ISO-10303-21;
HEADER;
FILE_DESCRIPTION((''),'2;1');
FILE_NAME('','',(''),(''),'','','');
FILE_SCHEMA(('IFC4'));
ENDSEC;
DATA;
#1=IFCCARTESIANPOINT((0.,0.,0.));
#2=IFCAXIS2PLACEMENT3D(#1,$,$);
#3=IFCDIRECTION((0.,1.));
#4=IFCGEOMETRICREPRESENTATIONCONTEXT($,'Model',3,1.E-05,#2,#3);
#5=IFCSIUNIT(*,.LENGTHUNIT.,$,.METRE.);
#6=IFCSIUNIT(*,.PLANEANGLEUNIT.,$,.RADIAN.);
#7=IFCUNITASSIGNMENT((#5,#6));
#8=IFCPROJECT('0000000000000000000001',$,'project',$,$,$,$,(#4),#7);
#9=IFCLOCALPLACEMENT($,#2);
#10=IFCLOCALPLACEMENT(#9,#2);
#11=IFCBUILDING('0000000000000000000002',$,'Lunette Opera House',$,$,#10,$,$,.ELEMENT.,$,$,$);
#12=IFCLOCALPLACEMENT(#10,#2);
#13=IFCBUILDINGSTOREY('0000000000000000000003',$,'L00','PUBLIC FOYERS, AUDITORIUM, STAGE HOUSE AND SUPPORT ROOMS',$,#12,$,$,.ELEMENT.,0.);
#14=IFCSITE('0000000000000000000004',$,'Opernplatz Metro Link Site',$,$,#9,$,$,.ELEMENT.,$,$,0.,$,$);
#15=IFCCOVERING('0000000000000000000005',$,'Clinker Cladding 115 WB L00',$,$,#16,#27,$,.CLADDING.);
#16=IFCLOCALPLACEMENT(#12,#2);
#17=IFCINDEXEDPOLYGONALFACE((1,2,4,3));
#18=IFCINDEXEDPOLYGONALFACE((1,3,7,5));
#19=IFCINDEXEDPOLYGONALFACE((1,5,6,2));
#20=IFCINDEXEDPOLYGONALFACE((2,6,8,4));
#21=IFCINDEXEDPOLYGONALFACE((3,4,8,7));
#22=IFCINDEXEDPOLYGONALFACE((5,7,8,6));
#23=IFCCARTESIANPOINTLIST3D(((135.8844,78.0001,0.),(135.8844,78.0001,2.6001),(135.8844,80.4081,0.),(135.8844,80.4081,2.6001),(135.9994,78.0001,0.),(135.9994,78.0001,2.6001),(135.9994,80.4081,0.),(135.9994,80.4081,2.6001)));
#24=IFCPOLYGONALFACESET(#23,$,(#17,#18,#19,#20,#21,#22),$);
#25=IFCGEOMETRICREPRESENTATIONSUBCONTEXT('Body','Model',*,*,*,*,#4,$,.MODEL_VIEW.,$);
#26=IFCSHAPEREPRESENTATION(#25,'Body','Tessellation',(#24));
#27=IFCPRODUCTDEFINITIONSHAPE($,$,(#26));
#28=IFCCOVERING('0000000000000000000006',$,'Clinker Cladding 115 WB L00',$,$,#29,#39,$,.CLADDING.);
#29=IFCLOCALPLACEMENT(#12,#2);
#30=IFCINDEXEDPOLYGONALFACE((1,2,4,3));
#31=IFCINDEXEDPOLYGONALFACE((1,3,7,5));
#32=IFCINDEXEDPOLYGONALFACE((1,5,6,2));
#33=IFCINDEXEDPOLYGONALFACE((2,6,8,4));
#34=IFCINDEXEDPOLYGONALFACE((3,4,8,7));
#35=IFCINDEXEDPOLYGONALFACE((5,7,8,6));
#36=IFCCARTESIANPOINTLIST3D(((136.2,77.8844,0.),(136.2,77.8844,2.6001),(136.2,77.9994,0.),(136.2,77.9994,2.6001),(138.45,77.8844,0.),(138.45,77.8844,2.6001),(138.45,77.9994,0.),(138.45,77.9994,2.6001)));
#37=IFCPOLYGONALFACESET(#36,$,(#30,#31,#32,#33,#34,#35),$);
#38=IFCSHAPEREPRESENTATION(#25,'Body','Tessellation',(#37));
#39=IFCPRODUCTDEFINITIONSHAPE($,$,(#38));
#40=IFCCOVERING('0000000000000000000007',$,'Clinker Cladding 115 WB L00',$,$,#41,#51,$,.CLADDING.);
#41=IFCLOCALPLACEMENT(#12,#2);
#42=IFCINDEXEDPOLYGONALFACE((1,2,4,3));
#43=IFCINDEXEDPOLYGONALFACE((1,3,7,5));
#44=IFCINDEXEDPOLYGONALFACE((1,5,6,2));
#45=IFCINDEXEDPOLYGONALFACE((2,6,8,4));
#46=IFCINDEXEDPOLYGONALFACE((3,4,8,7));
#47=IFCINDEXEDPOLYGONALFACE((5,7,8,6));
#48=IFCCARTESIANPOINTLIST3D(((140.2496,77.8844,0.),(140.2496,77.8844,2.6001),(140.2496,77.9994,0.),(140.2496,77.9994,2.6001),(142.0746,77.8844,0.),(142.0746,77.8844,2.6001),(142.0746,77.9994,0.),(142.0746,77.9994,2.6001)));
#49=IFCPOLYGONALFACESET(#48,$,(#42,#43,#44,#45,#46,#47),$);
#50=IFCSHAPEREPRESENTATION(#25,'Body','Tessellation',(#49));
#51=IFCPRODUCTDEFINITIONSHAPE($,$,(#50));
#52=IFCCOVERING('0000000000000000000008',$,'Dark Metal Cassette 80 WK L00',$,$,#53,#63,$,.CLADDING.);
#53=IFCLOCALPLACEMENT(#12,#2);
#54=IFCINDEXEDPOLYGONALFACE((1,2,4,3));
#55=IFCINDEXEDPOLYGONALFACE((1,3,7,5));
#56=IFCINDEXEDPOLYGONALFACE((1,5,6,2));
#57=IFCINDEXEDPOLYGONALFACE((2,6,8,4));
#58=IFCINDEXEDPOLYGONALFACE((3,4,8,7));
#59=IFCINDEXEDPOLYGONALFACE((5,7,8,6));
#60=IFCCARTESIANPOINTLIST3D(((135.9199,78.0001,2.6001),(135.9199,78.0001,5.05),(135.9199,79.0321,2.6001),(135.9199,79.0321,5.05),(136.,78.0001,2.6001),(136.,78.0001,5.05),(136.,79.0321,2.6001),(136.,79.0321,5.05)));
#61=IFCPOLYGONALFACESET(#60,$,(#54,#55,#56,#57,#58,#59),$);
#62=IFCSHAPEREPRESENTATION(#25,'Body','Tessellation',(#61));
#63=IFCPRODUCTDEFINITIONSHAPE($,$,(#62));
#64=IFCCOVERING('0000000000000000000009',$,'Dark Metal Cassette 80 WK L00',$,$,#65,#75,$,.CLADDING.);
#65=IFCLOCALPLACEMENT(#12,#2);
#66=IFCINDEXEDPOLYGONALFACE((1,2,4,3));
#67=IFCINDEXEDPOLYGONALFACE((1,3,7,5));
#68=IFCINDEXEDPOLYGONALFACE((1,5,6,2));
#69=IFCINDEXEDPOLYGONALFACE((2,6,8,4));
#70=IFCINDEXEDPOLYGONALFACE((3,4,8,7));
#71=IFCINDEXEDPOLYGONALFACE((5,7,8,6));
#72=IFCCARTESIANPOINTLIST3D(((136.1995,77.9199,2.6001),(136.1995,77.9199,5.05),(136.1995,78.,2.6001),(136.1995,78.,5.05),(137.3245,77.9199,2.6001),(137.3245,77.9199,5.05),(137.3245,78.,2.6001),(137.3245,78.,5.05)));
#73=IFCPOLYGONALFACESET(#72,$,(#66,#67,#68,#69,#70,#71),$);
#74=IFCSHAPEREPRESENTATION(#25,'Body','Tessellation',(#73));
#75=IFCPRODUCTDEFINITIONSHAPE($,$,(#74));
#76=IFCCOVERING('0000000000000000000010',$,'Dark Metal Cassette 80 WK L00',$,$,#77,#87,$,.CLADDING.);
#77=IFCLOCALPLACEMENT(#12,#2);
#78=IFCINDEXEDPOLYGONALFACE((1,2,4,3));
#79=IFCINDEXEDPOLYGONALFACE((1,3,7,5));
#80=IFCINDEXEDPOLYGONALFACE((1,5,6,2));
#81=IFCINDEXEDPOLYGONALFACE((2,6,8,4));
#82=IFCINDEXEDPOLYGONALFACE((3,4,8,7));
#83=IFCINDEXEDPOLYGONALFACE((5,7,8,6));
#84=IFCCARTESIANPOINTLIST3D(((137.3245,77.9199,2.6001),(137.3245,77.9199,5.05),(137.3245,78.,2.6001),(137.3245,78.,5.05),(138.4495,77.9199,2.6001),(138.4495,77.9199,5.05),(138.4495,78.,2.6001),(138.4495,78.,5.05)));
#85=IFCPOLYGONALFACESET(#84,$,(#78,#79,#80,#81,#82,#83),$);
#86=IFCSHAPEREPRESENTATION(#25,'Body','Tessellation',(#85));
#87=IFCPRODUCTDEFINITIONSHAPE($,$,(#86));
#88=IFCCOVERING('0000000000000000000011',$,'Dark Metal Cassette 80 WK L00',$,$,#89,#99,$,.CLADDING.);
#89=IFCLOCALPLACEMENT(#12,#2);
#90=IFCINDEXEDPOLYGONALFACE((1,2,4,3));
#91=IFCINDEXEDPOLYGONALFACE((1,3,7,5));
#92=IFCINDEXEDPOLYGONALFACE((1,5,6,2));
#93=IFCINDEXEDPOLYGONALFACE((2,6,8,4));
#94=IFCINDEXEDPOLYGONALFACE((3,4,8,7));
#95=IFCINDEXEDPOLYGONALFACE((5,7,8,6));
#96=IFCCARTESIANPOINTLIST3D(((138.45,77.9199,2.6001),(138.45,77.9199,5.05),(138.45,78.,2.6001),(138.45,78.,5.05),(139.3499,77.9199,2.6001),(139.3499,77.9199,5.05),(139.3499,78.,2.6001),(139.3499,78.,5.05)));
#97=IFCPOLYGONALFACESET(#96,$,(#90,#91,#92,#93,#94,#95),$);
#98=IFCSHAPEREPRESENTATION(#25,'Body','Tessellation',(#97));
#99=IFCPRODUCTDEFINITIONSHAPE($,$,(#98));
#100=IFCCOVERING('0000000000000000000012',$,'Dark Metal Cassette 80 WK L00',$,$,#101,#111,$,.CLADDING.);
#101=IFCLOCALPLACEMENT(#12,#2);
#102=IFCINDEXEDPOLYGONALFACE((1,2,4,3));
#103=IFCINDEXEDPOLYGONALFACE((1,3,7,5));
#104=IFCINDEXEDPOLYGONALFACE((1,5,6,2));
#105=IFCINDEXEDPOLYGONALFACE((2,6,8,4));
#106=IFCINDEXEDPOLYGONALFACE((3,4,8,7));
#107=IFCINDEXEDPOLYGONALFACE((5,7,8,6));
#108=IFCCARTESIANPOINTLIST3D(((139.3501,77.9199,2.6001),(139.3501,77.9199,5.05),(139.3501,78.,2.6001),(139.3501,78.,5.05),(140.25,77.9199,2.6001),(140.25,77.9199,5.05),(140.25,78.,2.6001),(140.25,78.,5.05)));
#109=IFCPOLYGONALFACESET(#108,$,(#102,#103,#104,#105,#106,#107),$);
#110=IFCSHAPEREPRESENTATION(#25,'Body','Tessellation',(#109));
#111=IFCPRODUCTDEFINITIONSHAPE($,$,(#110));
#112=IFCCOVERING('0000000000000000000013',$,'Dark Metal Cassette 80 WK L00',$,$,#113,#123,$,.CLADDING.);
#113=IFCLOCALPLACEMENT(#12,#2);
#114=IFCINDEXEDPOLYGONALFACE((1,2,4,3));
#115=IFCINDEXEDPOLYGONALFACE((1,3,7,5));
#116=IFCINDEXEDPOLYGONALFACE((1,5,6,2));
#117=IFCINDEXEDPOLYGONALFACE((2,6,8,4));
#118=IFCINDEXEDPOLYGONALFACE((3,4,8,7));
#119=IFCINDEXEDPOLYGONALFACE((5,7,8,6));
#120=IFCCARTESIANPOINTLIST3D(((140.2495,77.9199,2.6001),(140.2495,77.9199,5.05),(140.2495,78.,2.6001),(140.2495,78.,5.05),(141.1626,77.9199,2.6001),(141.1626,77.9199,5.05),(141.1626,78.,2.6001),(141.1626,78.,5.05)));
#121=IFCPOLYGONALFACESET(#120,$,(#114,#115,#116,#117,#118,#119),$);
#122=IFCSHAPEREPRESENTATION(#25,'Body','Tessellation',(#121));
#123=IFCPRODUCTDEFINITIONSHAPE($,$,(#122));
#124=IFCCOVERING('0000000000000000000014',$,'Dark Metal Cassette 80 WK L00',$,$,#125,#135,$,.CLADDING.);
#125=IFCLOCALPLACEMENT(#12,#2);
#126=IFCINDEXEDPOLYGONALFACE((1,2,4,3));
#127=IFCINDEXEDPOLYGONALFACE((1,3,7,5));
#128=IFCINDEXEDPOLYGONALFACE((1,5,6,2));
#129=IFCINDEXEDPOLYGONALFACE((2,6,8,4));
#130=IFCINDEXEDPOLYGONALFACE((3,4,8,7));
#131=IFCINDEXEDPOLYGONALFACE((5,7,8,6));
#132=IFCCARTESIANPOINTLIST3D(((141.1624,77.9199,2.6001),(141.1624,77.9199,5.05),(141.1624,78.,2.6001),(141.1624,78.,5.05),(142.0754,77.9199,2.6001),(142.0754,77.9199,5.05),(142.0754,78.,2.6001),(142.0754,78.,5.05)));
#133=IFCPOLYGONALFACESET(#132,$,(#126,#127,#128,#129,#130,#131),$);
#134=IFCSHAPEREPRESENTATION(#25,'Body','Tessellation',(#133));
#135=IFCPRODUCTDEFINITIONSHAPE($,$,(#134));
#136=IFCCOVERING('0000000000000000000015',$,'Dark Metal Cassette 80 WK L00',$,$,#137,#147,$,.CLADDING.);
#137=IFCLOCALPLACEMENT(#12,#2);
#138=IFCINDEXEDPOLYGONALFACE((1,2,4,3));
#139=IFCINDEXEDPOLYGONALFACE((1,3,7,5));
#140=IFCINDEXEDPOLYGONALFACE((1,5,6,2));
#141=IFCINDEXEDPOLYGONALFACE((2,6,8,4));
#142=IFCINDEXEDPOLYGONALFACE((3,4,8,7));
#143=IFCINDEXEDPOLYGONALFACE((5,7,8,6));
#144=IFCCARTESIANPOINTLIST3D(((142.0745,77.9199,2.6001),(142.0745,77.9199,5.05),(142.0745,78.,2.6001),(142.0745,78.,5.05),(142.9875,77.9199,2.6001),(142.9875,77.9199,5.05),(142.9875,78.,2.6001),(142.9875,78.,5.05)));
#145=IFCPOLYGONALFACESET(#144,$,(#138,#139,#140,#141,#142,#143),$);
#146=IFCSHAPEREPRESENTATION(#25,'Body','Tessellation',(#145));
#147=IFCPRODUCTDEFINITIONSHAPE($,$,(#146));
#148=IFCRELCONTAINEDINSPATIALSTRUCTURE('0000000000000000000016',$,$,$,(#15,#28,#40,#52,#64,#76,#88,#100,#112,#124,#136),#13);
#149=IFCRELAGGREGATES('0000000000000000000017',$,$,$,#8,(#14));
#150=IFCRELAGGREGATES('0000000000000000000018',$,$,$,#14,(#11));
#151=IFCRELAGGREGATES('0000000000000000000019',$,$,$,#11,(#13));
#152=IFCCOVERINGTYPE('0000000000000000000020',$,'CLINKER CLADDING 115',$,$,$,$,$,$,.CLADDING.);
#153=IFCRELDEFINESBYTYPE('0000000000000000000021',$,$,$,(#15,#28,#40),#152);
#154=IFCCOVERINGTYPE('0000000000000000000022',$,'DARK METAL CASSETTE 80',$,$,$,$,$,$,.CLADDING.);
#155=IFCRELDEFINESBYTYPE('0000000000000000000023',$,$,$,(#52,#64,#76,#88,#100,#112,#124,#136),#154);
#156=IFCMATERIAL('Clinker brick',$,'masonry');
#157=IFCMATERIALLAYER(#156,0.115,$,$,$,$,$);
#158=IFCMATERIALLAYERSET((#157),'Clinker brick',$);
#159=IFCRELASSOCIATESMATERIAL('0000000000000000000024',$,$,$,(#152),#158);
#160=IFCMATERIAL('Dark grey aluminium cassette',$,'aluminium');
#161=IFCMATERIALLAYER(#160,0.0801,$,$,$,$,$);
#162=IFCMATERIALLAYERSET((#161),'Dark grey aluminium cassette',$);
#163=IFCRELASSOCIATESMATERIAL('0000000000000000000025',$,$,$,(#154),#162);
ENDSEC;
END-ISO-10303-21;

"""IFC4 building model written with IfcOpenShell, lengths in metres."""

from ifc_helpers import new_model, si_unit, direction, frame, origin, origin_2d, place, context, subcontext, project, spatial, rectangle, extrude, material, layer, layer_set, type_object, element, save


model = new_model("IFC4")

# Units and contexts
model_context = context("Model", 3, precision=1e-05, world=origin(), true_north=direction((0.0, 1.0)))
body_context = subcontext(model_context, "Body", "Model", "MODEL_VIEW")
ifc_project = project(units=[si_unit("LENGTHUNIT", "METRE"), si_unit("PLANEANGLEUNIT", "RADIAN")], contexts=[model_context])

# Site, building, storey
site_placement = place(None, origin())
site = spatial("IfcSite", under=ifc_project, at=site_placement, Name="Opernplatz Metro Link Site", CompositionType="ELEMENT", RefElevation=0.0)
building_placement = place(site_placement, origin())
building = spatial("IfcBuilding", under=site, at=building_placement, Name="Lunette Opera House", CompositionType="ELEMENT")
storey_placement = place(building_placement, origin())
storey = spatial("IfcBuildingStorey", under=building, at=storey_placement, Name="L00", Description="PUBLIC FOYERS, AUDITORIUM, STAGE HOUSE AND SUPPORT ROOMS", CompositionType="ELEMENT", Elevation=0.0)

# Coverings
ifc_material_1 = material(Name="Clinker brick", Category="masonry")
ifc_layer_1 = layer(ifc_material_1, 0.115)
ifc_layer_set_1 = layer_set([ifc_layer_1], Name="Clinker brick")
covering_type_1 = type_object("IfcCoveringType", Name="CLINKER CLADDING 115", PredefinedType="CLADDING", material=ifc_layer_set_1)
covering_1_placement = place(storey_placement, frame((135.9419, 79.2041, 0.0), z_axis=(0.0, 0.0, 1.0), x_axis=(0.0, -1.0, 0.0)))
element("IfcCovering", 1, at=covering_1_placement, inside=storey, type_object=covering_type_1, Name="Clinker Cladding 115 WB L00", PredefinedType="CLADDING", context=body_context, shape_type="SweptSolid", body=[
    extrude(rectangle(XDim=2.408, YDim=0.115, at=origin_2d()), origin(), (0.0, 0.0, 1.0), 2.6001),
])
covering_2_placement = place(storey_placement, frame((137.325, 77.9419, 0.0), z_axis=(0.0, 0.0, 1.0), x_axis=(1.0, 0.0, 0.0)))
element("IfcCovering", 2, at=covering_2_placement, inside=storey, type_object=covering_type_1, Name="Clinker Cladding 115 WB L00", PredefinedType="CLADDING", context=body_context, shape_type="SweptSolid", body=[
    extrude(rectangle(XDim=2.25, YDim=0.115, at=origin_2d()), origin(), (0.0, 0.0, 1.0), 2.6001),
])
covering_3_placement = place(storey_placement, frame((141.1621, 77.9419, 0.0), z_axis=(0.0, 0.0, 1.0), x_axis=(1.0, 0.0, 0.0)))
element("IfcCovering", 3, at=covering_3_placement, inside=storey, type_object=covering_type_1, Name="Clinker Cladding 115 WB L00", PredefinedType="CLADDING", context=body_context, shape_type="SweptSolid", body=[
    extrude(rectangle(XDim=1.825, YDim=0.115, at=origin_2d()), origin(), (0.0, 0.0, 1.0), 2.6001),
])
ifc_material_2 = material(Name="Dark grey aluminium cassette", Category="aluminium")
ifc_layer_2 = layer(ifc_material_2, 0.0801)
ifc_layer_set_2 = layer_set([ifc_layer_2], Name="Dark grey aluminium cassette")
covering_type_2 = type_object("IfcCoveringType", Name="DARK METAL CASSETTE 80", PredefinedType="CLADDING", material=ifc_layer_set_2)
covering_4_placement = place(storey_placement, frame((135.96, 78.5161, 2.6001), z_axis=(0.0, 0.0, 1.0), x_axis=(0.0, -1.0, 0.0)))
element("IfcCovering", 4, at=covering_4_placement, inside=storey, type_object=covering_type_2, Name="Dark Metal Cassette 80 WK L00", PredefinedType="CLADDING", context=body_context, shape_type="SweptSolid", body=[
    extrude(rectangle(XDim=1.032, YDim=0.0801, at=origin_2d()), origin(), (0.0, 0.0, 1.0), 2.45),
])
for number, where, z_axis, x_axis, name in (
    (5, (136.762, 77.96, 2.6001), (0.0, 0.0, 1.0), (1.0, 0.0, 0.0), "Dark Metal Cassette 80 WK L00"),
    (6, (137.887, 77.96, 2.6001), (0.0, 0.0, 1.0), (1.0, 0.0, 0.0), "Dark Metal Cassette 80 WK L00"),
):
    element("IfcCovering", number, at=place(storey_placement, frame(where, z_axis=z_axis, x_axis=x_axis)), inside=storey, type_object=covering_type_2, Name=name, PredefinedType="CLADDING", context=body_context, shape_type="SweptSolid", body=[
        extrude(rectangle(XDim=1.125, YDim=0.0801, at=origin_2d()), origin(), (0.0, 0.0, 1.0), 2.45),
    ])
for number, where, z_axis, x_axis, name in (
    (7, (138.8999, 77.96, 2.6001), (0.0, 0.0, 1.0), (1.0, 0.0, 0.0), "Dark Metal Cassette 80 WK L00"),
    (8, (139.8, 77.96, 2.6001), (0.0, 0.0, 1.0), (1.0, 0.0, 0.0), "Dark Metal Cassette 80 WK L00"),
):
    element("IfcCovering", number, at=place(storey_placement, frame(where, z_axis=z_axis, x_axis=x_axis)), inside=storey, type_object=covering_type_2, Name=name, PredefinedType="CLADDING", context=body_context, shape_type="SweptSolid", body=[
        extrude(rectangle(XDim=0.8999, YDim=0.0801, at=origin_2d()), origin(), (0.0, 0.0, 1.0), 2.45),
    ])
for number, where, z_axis, x_axis, name in (
    (9, (140.7061, 77.96, 2.6001), (0.0, 0.0, 1.0), (1.0, 0.0, 0.0), "Dark Metal Cassette 80 WK L00"),
    (10, (141.6189, 77.96, 2.6001), (0.0, 0.0, 1.0), (1.0, 0.0, 0.0), "Dark Metal Cassette 80 WK L00"),
    (11, (142.531, 77.96, 2.6001), (0.0, 0.0, 1.0), (1.0, 0.0, 0.0), "Dark Metal Cassette 80 WK L00"),
):
    element("IfcCovering", number, at=place(storey_placement, frame(where, z_axis=z_axis, x_axis=x_axis)), inside=storey, type_object=covering_type_2, Name=name, PredefinedType="CLADDING", context=body_context, shape_type="SweptSolid", body=[
        extrude(rectangle(XDim=0.9131, YDim=0.0801, at=origin_2d()), origin(), (0.0, 0.0, 1.0), 2.45),
    ])

save(model, "model.ifc")
